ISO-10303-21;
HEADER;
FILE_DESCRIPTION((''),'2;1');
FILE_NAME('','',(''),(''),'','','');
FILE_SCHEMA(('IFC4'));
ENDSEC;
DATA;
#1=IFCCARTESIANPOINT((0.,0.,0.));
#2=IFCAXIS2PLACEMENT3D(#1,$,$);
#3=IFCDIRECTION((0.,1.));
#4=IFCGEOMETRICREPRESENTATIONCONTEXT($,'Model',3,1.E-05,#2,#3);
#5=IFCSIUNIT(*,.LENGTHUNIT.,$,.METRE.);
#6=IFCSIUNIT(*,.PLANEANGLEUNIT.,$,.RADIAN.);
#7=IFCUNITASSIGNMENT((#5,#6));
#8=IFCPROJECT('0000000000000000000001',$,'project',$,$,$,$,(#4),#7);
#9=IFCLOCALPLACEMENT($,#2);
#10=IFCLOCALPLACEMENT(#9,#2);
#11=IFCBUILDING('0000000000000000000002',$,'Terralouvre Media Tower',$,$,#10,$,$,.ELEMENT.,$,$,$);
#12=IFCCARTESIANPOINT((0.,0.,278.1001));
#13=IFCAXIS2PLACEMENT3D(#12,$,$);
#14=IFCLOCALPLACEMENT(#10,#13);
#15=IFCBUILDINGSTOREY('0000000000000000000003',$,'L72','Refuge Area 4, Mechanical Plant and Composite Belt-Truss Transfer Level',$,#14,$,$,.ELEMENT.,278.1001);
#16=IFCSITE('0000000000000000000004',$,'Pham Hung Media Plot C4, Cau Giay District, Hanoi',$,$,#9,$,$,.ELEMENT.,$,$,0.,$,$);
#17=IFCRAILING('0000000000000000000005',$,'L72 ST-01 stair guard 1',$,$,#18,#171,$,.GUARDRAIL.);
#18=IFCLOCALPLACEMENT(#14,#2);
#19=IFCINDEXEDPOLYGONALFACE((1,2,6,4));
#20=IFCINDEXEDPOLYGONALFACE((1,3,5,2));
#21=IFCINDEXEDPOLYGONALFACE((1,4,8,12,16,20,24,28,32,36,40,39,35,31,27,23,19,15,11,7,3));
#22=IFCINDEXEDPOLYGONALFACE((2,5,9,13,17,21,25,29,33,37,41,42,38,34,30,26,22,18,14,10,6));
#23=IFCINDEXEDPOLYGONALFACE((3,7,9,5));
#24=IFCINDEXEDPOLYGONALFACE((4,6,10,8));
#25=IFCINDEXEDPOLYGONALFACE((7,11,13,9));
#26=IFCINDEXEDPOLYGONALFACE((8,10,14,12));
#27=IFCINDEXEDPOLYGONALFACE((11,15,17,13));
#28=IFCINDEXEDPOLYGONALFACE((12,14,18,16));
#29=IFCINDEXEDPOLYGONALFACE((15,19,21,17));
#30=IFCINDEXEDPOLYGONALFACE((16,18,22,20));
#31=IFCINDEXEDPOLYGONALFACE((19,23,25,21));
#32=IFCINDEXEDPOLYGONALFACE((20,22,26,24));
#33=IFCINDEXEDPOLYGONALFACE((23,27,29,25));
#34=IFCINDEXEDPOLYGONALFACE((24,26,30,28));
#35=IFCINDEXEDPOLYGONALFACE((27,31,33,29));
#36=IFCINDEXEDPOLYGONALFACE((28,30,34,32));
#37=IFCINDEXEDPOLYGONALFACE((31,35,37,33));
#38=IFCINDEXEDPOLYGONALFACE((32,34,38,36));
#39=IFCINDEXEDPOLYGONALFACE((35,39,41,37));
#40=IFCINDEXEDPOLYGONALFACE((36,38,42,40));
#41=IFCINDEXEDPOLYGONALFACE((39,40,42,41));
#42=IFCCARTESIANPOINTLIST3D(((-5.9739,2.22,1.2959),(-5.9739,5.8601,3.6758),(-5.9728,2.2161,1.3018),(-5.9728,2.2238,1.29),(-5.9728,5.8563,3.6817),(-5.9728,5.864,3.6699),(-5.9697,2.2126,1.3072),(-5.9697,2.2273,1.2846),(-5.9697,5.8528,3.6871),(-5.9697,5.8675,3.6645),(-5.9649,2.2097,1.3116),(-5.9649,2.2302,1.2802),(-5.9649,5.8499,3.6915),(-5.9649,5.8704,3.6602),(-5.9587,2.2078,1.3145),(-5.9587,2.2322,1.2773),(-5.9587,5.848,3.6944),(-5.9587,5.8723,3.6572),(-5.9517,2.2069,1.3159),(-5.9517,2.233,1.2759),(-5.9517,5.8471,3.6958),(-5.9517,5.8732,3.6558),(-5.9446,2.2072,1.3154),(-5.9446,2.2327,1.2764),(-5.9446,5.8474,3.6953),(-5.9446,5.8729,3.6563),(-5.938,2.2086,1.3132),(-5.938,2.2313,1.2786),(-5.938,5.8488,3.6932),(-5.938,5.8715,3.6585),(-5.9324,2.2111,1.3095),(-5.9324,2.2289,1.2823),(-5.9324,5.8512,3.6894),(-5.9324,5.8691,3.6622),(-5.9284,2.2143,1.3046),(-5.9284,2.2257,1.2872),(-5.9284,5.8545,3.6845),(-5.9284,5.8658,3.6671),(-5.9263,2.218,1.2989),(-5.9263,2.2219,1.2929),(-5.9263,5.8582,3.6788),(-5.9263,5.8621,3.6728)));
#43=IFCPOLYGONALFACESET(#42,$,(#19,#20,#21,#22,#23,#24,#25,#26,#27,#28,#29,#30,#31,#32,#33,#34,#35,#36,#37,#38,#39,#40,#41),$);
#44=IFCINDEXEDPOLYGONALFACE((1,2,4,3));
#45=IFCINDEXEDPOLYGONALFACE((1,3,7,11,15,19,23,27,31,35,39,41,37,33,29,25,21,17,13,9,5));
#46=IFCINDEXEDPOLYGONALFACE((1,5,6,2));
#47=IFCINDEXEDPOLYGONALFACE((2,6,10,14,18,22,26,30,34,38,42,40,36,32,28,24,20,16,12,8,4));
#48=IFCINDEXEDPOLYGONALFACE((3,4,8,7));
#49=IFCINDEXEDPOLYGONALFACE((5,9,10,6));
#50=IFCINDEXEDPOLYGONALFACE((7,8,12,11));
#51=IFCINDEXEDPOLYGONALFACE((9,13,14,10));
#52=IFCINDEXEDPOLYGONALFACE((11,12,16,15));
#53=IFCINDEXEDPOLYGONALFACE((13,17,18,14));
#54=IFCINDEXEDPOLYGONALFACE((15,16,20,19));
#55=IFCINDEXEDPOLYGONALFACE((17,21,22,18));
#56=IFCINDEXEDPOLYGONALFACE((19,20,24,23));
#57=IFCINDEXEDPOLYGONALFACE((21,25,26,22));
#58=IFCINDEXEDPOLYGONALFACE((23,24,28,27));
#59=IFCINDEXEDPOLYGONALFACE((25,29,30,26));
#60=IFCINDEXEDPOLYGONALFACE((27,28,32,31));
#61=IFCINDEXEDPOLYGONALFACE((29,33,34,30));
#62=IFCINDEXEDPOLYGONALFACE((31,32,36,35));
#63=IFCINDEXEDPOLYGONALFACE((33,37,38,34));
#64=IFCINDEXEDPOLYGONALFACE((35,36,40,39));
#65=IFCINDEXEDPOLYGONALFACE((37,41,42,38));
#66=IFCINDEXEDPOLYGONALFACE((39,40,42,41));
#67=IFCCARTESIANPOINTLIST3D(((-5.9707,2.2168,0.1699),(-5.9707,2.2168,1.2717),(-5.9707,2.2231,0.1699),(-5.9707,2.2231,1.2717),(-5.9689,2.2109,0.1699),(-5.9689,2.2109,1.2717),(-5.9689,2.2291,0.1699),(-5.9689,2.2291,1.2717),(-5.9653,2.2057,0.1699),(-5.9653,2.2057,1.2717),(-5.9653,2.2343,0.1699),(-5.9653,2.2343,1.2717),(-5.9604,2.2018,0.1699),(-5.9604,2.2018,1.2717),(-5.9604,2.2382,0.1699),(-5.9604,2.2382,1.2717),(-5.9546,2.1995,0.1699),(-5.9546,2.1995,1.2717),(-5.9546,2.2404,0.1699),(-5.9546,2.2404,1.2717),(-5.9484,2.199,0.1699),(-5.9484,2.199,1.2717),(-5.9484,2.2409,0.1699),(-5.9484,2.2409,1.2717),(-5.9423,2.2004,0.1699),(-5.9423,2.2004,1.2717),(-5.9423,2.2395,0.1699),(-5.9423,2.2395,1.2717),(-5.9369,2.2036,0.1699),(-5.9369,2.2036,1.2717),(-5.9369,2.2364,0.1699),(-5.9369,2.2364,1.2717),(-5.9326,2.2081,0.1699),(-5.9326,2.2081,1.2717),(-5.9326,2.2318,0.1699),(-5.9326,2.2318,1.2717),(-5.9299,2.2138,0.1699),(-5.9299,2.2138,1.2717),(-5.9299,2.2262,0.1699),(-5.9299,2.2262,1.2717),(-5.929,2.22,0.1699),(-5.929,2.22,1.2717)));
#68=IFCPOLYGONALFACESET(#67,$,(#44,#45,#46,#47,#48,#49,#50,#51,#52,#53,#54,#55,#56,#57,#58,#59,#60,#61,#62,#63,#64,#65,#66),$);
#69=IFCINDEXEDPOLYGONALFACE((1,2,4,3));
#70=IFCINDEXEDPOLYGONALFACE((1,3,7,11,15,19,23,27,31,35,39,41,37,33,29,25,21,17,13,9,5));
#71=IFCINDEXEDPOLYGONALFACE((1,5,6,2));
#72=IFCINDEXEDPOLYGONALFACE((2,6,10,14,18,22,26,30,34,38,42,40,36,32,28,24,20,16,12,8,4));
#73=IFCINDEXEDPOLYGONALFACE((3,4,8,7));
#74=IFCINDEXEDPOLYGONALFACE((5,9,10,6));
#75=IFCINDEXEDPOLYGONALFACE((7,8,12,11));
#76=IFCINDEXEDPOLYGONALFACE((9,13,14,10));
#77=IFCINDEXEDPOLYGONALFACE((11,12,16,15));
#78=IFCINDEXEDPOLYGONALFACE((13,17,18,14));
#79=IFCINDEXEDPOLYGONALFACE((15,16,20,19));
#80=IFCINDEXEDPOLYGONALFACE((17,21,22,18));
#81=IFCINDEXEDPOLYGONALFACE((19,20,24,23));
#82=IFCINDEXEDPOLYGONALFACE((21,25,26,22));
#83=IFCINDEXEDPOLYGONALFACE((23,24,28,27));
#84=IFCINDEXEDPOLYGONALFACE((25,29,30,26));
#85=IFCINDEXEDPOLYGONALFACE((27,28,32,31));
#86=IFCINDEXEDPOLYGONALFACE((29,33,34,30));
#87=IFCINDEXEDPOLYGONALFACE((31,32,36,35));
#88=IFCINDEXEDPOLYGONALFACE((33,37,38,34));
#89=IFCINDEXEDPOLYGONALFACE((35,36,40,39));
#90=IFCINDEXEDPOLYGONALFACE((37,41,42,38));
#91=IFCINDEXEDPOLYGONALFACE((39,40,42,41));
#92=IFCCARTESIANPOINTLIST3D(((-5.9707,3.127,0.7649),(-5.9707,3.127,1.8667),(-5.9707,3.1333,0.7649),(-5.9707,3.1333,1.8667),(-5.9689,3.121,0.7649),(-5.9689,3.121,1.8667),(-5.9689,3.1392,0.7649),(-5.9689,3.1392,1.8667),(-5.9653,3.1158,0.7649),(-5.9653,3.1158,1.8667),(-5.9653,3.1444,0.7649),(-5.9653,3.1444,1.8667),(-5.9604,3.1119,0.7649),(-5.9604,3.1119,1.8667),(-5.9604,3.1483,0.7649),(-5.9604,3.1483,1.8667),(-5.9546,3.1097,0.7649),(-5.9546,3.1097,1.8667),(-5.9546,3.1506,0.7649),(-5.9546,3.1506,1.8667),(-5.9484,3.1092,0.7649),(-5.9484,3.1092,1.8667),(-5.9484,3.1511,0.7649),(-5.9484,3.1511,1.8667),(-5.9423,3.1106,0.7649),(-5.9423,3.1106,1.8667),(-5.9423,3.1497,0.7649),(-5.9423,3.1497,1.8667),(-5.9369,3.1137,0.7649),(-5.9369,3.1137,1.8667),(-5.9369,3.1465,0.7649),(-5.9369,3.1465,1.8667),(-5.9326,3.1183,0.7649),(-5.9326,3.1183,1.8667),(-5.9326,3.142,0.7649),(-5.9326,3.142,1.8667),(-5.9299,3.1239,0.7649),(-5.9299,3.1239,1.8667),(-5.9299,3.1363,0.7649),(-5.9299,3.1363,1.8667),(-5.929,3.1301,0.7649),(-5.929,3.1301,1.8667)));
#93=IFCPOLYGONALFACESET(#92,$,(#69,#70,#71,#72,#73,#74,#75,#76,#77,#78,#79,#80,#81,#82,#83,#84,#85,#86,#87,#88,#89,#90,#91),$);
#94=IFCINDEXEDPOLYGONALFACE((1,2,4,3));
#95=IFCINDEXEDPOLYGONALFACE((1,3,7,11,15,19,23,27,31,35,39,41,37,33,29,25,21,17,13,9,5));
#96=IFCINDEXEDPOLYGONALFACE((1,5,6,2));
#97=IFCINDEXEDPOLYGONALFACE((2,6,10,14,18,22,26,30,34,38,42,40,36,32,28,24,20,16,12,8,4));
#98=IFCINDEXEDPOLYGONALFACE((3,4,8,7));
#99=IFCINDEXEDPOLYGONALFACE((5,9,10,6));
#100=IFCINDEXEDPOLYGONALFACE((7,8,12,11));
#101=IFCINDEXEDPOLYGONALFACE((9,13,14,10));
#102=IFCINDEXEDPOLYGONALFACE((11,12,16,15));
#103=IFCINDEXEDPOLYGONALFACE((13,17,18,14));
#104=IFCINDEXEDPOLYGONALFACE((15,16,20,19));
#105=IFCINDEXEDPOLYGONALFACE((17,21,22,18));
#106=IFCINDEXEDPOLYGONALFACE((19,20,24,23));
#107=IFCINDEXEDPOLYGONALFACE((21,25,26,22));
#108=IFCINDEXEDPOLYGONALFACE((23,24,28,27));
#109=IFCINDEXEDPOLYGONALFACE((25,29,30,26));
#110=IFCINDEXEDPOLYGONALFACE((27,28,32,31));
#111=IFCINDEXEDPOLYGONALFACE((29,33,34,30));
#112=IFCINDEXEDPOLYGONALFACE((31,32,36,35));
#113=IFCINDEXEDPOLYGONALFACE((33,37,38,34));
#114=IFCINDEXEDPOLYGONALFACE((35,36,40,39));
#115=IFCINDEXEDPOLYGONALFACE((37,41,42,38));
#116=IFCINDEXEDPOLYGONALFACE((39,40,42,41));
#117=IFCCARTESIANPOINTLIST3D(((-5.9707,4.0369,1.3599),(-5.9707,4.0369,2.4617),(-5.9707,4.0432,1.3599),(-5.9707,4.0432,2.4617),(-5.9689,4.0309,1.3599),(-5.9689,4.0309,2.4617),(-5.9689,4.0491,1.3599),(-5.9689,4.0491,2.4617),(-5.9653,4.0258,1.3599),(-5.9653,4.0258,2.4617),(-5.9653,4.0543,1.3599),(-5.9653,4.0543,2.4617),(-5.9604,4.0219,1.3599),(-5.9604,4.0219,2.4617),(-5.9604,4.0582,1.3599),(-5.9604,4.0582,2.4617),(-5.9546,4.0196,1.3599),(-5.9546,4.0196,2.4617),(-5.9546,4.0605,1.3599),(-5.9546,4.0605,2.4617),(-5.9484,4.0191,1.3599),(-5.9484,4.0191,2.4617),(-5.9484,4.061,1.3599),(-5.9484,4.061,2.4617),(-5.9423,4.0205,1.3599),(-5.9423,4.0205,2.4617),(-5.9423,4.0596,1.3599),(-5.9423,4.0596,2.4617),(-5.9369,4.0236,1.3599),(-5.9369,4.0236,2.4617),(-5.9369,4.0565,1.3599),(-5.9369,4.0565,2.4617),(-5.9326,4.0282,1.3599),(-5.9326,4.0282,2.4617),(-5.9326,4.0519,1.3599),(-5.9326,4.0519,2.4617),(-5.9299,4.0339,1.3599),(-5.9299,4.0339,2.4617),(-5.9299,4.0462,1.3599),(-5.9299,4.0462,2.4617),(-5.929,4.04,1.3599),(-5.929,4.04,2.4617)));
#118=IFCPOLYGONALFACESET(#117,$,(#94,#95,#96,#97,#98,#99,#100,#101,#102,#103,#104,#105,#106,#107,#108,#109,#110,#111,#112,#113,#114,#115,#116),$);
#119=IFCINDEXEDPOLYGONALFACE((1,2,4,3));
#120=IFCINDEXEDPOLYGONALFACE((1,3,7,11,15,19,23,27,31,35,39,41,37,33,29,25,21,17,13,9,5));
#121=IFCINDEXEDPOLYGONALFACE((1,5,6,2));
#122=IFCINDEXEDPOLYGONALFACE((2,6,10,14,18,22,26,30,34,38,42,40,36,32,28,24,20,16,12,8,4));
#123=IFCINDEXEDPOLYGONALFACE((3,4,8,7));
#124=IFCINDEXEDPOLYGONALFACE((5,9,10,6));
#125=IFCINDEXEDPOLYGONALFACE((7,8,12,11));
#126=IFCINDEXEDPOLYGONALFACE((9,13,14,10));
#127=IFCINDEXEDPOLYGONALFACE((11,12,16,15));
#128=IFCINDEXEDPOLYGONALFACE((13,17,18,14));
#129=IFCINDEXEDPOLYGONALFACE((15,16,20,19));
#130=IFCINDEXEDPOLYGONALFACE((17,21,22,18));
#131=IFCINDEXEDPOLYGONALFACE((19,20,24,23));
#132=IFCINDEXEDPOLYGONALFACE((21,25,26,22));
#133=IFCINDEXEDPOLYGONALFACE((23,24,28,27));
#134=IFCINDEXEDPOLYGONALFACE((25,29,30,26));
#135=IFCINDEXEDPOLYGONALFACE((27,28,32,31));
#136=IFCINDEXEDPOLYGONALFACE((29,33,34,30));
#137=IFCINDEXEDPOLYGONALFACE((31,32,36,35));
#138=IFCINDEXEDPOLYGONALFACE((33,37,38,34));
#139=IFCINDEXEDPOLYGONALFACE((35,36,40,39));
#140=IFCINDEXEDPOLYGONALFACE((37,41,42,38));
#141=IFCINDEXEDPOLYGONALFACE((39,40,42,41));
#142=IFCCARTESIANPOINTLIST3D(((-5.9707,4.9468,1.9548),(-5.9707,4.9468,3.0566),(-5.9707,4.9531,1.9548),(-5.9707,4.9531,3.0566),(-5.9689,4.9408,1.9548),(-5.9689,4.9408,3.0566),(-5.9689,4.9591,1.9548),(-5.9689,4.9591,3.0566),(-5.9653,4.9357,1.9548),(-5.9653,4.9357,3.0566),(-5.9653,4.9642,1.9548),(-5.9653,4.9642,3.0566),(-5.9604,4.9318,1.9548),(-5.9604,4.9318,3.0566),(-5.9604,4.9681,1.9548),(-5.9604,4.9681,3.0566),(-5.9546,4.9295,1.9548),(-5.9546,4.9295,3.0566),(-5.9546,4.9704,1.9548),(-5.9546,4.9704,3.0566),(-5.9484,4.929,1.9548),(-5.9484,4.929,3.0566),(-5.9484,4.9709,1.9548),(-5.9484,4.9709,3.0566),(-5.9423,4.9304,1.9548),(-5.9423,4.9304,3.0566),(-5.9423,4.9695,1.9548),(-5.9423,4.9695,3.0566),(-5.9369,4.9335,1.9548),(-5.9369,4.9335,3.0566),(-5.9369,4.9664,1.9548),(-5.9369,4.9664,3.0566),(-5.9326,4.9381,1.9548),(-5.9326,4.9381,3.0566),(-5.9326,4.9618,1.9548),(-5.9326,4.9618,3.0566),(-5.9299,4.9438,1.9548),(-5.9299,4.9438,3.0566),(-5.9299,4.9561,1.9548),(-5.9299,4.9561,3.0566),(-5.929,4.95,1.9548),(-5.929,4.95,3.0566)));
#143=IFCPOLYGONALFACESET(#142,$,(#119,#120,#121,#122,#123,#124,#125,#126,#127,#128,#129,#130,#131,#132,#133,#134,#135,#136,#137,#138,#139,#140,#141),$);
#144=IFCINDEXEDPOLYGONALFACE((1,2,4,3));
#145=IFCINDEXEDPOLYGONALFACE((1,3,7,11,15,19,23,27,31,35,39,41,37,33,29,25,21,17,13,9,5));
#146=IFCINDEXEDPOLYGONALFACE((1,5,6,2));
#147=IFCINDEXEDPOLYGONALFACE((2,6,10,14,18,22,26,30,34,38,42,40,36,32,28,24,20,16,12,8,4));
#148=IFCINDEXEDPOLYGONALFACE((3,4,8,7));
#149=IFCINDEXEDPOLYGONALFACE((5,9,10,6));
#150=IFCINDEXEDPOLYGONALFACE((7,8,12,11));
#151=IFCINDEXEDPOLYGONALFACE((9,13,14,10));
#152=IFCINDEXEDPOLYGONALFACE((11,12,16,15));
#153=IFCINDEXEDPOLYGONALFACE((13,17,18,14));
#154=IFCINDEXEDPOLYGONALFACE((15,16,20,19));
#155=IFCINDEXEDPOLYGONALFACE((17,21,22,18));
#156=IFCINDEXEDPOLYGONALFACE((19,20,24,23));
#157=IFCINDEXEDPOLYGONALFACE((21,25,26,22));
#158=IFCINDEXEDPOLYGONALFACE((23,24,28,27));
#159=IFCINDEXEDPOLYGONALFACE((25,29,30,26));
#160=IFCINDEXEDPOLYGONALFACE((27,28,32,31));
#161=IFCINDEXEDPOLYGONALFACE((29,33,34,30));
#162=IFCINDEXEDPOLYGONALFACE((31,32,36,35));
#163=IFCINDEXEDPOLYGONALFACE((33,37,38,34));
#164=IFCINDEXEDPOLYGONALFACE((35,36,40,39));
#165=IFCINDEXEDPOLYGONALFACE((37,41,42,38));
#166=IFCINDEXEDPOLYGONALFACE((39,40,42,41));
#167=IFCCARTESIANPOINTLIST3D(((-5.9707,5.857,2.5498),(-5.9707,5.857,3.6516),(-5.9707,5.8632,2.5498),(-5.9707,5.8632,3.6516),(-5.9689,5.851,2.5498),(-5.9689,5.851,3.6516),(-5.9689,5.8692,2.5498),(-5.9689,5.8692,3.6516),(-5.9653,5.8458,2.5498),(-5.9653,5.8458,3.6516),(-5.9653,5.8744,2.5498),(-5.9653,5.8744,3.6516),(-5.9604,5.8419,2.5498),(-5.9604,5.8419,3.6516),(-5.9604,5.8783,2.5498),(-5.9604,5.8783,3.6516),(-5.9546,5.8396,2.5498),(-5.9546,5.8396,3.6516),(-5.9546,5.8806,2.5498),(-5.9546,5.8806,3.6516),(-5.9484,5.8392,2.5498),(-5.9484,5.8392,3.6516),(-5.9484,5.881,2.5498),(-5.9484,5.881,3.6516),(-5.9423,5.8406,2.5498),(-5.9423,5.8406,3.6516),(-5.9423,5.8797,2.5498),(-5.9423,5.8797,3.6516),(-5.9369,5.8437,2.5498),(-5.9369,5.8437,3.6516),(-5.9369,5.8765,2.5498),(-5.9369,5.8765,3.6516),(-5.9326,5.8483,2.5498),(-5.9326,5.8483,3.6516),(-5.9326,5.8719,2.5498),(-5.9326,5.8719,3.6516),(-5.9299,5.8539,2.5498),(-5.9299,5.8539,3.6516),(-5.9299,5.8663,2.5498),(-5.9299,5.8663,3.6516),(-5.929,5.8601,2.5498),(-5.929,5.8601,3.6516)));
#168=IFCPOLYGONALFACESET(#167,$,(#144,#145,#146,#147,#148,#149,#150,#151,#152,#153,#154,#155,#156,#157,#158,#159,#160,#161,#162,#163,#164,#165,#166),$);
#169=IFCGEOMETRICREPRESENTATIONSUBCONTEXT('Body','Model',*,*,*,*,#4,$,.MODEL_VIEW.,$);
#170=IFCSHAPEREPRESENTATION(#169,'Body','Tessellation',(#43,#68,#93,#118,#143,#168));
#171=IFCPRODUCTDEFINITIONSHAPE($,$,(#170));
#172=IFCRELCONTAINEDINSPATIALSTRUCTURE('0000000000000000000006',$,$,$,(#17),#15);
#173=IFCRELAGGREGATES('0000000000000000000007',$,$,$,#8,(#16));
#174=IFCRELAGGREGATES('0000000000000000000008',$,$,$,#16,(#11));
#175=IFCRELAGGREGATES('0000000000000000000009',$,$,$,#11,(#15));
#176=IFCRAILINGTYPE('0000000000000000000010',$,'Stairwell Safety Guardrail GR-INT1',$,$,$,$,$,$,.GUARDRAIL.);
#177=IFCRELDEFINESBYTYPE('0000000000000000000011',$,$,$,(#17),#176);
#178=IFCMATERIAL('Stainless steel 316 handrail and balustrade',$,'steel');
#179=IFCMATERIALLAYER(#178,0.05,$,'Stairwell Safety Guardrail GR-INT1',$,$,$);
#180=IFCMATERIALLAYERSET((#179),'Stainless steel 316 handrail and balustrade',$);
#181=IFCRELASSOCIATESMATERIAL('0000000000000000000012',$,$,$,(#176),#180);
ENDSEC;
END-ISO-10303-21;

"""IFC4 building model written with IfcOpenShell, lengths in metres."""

from ifc_helpers import new_model, si_unit, direction, frame, origin, origin_2d, place, context, subcontext, project, spatial, circle, extrude, material, layer, layer_set, type_object, element, save


model = new_model("IFC4")

# Units and contexts
model_context = context("Model", 3, precision=1e-05, world=origin(), true_north=direction((0.0, 1.0)))
body_context = subcontext(model_context, "Body", "Model", "MODEL_VIEW")
ifc_project = project(units=[si_unit("LENGTHUNIT", "METRE"), si_unit("PLANEANGLEUNIT", "RADIAN")], contexts=[model_context])

# Site, building, storey
site_placement = place(None, origin())
site = spatial("IfcSite", under=ifc_project, at=site_placement, Name="Pham Hung Media Plot C4, Cau Giay District, Hanoi", CompositionType="ELEMENT", RefElevation=0.0)
building_placement = place(site_placement, origin())
building = spatial("IfcBuilding", under=site, at=building_placement, Name="Terralouvre Media Tower", CompositionType="ELEMENT")
storey_placement = place(building_placement, frame((0.0, 0.0, 278.1001)))
storey = spatial("IfcBuildingStorey", under=building, at=storey_placement, Name="L72", Description="Refuge Area 4, Mechanical Plant and Composite Belt-Truss Transfer Level", CompositionType="ELEMENT", Elevation=278.1001)

# Railing
ifc_material_1 = material(Name="Stainless steel 316 handrail and balustrade", Category="steel")
ifc_layer_1 = layer(ifc_material_1, 0.05, Name="Stairwell Safety Guardrail GR-INT1")
ifc_layer_set_1 = layer_set([ifc_layer_1], Name="Stainless steel 316 handrail and balustrade")
railing_type_1 = type_object("IfcRailingType", Name="Stairwell Safety Guardrail GR-INT1", PredefinedType="GUARDRAIL", material=ifc_layer_set_1)
railing_1_placement = place(storey_placement, frame((-5.95, 2.22, 0.1699)))
element("IfcRailing", 1, at=railing_1_placement, inside=storey, type_object=railing_type_1, Name="L72 ST-01 stair guard 1", PredefinedType="GUARDRAIL", context=body_context, shape_type="SweptSolid", body=[
    extrude(circle(Radius=0.0239, at=origin_2d()), frame((0.0, 0.0, 1.126), z_axis=(0.0, 0.836991, 0.547216), x_axis=(-1.0, 0.0, 0.0)), (0.0, 0.0, 1.0), 4.3491),
    extrude(circle(Radius=0.021, at=origin_2d()), origin(), (0.0, 0.0, 1.0), 1.1018),
    extrude(circle(Radius=0.021, at=origin_2d()), frame((0.0, 0.9102, 0.595)), (0.0, 0.0, 1.0), 1.1018),
    extrude(circle(Radius=0.021, at=origin_2d()), frame((0.0, 1.8201, 1.1899)), (0.0, 0.0, 1.0), 1.1018),
    extrude(circle(Radius=0.021, at=origin_2d()), frame((0.0, 2.73, 1.7849)), (0.0, 0.0, 1.0), 1.1018),
    extrude(circle(Radius=0.021, at=origin_2d()), frame((0.0, 3.6401, 2.3799)), (0.0, 0.0, 1.0), 1.1018),
])

save(model, "model.ifc")
